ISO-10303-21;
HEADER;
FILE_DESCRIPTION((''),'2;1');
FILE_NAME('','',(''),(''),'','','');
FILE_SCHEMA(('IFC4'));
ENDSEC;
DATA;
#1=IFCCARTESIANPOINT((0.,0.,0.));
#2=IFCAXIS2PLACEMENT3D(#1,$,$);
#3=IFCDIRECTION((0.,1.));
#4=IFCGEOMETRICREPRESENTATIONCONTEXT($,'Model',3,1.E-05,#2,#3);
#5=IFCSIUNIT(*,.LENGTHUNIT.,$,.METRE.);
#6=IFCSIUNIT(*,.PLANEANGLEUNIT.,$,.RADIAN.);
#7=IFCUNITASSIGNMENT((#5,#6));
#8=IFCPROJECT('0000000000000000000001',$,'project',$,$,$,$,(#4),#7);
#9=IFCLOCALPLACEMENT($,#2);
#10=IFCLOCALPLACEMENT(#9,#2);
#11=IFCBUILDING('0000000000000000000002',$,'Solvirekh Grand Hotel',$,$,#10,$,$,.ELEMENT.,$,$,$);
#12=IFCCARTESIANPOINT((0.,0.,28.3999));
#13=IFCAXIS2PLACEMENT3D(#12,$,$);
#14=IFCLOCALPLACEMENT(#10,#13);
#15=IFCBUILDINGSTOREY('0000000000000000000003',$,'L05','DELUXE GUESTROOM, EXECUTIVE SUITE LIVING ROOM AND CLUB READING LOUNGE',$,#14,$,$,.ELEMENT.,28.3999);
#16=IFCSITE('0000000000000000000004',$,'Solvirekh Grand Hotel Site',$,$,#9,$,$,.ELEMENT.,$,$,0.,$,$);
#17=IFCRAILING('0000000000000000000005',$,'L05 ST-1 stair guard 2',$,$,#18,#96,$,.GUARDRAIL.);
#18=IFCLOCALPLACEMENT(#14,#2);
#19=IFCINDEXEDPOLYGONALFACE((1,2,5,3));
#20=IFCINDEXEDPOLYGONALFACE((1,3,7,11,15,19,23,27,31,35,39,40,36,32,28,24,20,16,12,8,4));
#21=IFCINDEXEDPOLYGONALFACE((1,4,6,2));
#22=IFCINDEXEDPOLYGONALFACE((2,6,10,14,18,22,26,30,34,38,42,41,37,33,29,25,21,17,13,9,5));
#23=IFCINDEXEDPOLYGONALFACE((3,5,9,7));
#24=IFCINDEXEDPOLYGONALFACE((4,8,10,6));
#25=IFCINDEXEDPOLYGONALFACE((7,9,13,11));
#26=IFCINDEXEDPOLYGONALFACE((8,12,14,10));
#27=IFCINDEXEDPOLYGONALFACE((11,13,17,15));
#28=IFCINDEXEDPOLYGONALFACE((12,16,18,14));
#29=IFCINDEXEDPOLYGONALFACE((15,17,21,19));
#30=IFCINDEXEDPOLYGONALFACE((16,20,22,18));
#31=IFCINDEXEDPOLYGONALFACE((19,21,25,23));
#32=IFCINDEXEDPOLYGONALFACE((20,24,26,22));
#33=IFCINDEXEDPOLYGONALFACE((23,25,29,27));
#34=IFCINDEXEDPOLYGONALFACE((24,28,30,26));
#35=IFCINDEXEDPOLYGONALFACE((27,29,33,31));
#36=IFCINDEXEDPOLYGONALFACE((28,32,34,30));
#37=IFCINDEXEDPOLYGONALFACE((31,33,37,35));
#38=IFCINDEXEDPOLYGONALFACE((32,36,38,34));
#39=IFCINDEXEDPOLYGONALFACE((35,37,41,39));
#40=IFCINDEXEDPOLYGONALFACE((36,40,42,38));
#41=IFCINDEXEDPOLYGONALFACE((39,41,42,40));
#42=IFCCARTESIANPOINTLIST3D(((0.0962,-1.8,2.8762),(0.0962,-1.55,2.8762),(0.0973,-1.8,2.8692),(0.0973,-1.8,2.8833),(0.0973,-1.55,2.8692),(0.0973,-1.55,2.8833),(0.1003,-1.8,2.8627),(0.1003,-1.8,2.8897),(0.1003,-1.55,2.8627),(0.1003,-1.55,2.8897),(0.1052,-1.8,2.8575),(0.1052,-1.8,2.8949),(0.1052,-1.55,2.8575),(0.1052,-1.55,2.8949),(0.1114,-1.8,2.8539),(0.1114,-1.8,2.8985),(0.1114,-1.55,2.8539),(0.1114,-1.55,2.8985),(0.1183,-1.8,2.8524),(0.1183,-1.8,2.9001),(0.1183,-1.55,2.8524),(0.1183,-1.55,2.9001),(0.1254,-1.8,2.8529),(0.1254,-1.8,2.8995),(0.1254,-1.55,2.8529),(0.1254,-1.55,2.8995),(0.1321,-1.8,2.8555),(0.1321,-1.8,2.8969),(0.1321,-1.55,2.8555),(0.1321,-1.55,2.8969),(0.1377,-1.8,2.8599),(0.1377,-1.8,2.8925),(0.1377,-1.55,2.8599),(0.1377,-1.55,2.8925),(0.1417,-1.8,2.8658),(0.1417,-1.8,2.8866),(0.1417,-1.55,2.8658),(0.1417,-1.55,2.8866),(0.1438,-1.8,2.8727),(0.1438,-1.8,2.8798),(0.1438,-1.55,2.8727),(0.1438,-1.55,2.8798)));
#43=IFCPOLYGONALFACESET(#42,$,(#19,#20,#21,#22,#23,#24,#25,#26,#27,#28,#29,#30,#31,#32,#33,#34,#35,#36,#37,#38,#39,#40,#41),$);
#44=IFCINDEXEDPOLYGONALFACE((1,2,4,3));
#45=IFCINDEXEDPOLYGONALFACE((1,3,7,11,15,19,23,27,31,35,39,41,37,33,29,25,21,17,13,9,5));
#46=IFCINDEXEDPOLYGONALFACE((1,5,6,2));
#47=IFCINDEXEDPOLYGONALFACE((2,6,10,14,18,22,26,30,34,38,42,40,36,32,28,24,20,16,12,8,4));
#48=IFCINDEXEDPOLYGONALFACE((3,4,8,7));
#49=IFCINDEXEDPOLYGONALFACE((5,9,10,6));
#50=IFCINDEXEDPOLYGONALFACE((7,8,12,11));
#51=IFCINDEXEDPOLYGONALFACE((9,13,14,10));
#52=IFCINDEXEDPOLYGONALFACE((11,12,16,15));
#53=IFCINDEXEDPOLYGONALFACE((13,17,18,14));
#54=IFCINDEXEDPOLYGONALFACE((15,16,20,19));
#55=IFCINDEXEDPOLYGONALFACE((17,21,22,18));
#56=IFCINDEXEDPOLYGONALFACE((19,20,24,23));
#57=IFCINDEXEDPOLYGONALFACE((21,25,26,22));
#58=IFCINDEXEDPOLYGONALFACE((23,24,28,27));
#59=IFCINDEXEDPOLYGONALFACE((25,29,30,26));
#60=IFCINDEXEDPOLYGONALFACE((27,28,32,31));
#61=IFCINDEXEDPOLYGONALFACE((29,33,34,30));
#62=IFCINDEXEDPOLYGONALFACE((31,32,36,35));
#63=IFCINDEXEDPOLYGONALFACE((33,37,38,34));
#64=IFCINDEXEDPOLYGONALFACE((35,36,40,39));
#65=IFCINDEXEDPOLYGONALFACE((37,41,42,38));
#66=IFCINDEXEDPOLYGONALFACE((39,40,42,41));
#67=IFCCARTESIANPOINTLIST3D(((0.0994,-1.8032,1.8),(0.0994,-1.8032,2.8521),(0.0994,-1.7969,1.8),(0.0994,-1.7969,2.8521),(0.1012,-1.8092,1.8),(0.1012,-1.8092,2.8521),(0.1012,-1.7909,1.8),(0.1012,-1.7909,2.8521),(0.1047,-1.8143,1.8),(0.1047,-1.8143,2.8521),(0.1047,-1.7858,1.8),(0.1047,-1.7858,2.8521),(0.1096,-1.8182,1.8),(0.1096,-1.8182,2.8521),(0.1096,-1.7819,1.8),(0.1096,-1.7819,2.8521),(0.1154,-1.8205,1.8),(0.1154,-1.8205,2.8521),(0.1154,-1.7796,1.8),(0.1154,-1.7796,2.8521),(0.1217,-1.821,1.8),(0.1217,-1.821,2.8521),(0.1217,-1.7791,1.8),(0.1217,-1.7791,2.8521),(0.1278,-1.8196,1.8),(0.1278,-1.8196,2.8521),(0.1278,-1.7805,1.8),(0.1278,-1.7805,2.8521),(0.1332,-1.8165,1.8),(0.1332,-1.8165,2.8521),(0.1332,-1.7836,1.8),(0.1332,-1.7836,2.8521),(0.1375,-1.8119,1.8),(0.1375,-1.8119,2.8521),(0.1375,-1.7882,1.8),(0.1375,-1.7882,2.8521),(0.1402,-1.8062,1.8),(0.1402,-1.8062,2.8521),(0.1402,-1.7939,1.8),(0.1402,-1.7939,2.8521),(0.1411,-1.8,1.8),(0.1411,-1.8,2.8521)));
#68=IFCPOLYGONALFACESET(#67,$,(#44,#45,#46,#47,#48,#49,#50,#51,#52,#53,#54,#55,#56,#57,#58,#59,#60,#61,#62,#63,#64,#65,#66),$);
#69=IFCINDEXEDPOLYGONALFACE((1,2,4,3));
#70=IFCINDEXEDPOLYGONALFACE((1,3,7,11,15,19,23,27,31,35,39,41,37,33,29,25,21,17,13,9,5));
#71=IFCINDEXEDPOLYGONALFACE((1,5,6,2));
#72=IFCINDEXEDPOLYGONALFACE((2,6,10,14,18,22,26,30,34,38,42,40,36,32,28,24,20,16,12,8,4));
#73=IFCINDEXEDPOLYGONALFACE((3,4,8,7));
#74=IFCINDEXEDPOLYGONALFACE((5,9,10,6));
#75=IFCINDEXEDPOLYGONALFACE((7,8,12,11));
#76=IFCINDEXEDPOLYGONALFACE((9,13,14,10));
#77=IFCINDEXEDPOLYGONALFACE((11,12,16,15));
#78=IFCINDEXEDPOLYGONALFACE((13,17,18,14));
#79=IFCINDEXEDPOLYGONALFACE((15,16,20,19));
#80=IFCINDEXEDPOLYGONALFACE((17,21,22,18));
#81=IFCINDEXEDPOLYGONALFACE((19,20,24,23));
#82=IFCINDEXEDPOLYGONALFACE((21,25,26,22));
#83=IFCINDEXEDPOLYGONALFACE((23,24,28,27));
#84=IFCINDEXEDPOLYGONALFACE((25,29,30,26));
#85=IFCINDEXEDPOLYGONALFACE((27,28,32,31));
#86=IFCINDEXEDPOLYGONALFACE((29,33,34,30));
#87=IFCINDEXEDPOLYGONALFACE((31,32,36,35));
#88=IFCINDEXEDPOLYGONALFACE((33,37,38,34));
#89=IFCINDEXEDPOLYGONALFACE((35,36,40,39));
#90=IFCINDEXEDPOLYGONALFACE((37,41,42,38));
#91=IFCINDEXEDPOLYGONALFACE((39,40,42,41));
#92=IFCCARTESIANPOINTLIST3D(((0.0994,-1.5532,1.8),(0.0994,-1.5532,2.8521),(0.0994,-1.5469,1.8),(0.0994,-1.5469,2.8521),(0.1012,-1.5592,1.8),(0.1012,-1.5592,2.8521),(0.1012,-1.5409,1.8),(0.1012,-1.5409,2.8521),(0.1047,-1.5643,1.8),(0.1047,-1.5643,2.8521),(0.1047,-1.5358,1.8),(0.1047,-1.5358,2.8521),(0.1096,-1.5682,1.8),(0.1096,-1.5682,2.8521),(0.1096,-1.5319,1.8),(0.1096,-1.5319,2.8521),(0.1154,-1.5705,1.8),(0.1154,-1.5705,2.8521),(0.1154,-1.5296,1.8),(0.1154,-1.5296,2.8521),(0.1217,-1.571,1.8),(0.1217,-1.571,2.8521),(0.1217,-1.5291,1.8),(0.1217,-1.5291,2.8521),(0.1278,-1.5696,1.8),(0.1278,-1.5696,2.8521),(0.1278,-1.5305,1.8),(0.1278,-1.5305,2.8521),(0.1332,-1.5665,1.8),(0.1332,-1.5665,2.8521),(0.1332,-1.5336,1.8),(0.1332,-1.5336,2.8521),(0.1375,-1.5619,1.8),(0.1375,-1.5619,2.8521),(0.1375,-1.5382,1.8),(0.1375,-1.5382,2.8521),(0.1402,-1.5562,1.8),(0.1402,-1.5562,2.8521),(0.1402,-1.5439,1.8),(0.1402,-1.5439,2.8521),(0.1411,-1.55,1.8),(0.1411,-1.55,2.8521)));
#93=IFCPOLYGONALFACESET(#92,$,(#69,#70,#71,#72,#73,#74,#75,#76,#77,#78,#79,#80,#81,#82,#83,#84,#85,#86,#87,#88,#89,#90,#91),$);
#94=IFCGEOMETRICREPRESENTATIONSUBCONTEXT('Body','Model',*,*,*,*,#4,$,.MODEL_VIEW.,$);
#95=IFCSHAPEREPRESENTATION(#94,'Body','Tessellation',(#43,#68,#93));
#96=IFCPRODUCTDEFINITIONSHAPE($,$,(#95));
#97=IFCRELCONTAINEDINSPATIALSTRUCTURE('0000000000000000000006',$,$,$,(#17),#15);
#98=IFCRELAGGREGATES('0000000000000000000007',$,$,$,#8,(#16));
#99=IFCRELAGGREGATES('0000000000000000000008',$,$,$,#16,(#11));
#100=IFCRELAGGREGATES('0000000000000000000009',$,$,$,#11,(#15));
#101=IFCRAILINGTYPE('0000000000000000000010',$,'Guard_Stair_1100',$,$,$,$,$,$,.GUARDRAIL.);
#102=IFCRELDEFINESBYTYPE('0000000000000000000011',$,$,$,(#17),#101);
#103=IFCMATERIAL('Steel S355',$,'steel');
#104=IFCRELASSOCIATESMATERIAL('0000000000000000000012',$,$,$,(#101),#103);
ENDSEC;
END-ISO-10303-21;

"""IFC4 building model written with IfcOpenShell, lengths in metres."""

from ifc_helpers import new_model, si_unit, direction, frame, origin, origin_2d, place, context, subcontext, project, spatial, circle, extrude, material, type_object, element, save


model = new_model("IFC4")

# Units and contexts
model_context = context("Model", 3, precision=1e-05, world=origin(), true_north=direction((0.0, 1.0)))
body_context = subcontext(model_context, "Body", "Model", "MODEL_VIEW")
ifc_project = project(units=[si_unit("LENGTHUNIT", "METRE"), si_unit("PLANEANGLEUNIT", "RADIAN")], contexts=[model_context])

# Site, building, storey
site_placement = place(None, origin())
site = spatial("IfcSite", under=ifc_project, at=site_placement, Name="Solvirekh Grand Hotel Site", CompositionType="ELEMENT", RefElevation=0.0)
building_placement = place(site_placement, origin())
building = spatial("IfcBuilding", under=site, at=building_placement, Name="Solvirekh Grand Hotel", CompositionType="ELEMENT")
storey_placement = place(building_placement, frame((0.0, 0.0, 28.3999)))
storey = spatial("IfcBuildingStorey", under=building, at=storey_placement, Name="L05", Description="DELUXE GUESTROOM, EXECUTIVE SUITE LIVING ROOM AND CLUB READING LOUNGE", CompositionType="ELEMENT", Elevation=28.3999)

# Railing
ifc_material_1 = material(Name="Steel S355", Category="steel")
railing_type_1 = type_object("IfcRailingType", Name="Guard_Stair_1100", PredefinedType="GUARDRAIL", material=ifc_material_1)
railing_1_placement = place(storey_placement, frame((0.1201, -1.8, 1.8)))
element("IfcRailing", 1, at=railing_1_placement, inside=storey, type_object=railing_type_1, Name="L05 ST-1 stair guard 2", PredefinedType="GUARDRAIL", context=body_context, shape_type="SweptSolid", body=[
    extrude(circle(Radius=0.0239, at=origin_2d()), frame((0.0, 0.0, 1.0762), z_axis=(0.0, 1.0, 0.0), x_axis=(-1.0, 0.0, 0.0)), (0.0, 0.0, 1.0), 0.25),
    extrude(circle(Radius=0.021, at=origin_2d()), origin(), (0.0, 0.0, 1.0), 1.052),
    extrude(circle(Radius=0.021, at=origin_2d()), frame((0.0, 0.25, 0.0)), (0.0, 0.0, 1.0), 1.052),
])

save(model, "model.ifc")
